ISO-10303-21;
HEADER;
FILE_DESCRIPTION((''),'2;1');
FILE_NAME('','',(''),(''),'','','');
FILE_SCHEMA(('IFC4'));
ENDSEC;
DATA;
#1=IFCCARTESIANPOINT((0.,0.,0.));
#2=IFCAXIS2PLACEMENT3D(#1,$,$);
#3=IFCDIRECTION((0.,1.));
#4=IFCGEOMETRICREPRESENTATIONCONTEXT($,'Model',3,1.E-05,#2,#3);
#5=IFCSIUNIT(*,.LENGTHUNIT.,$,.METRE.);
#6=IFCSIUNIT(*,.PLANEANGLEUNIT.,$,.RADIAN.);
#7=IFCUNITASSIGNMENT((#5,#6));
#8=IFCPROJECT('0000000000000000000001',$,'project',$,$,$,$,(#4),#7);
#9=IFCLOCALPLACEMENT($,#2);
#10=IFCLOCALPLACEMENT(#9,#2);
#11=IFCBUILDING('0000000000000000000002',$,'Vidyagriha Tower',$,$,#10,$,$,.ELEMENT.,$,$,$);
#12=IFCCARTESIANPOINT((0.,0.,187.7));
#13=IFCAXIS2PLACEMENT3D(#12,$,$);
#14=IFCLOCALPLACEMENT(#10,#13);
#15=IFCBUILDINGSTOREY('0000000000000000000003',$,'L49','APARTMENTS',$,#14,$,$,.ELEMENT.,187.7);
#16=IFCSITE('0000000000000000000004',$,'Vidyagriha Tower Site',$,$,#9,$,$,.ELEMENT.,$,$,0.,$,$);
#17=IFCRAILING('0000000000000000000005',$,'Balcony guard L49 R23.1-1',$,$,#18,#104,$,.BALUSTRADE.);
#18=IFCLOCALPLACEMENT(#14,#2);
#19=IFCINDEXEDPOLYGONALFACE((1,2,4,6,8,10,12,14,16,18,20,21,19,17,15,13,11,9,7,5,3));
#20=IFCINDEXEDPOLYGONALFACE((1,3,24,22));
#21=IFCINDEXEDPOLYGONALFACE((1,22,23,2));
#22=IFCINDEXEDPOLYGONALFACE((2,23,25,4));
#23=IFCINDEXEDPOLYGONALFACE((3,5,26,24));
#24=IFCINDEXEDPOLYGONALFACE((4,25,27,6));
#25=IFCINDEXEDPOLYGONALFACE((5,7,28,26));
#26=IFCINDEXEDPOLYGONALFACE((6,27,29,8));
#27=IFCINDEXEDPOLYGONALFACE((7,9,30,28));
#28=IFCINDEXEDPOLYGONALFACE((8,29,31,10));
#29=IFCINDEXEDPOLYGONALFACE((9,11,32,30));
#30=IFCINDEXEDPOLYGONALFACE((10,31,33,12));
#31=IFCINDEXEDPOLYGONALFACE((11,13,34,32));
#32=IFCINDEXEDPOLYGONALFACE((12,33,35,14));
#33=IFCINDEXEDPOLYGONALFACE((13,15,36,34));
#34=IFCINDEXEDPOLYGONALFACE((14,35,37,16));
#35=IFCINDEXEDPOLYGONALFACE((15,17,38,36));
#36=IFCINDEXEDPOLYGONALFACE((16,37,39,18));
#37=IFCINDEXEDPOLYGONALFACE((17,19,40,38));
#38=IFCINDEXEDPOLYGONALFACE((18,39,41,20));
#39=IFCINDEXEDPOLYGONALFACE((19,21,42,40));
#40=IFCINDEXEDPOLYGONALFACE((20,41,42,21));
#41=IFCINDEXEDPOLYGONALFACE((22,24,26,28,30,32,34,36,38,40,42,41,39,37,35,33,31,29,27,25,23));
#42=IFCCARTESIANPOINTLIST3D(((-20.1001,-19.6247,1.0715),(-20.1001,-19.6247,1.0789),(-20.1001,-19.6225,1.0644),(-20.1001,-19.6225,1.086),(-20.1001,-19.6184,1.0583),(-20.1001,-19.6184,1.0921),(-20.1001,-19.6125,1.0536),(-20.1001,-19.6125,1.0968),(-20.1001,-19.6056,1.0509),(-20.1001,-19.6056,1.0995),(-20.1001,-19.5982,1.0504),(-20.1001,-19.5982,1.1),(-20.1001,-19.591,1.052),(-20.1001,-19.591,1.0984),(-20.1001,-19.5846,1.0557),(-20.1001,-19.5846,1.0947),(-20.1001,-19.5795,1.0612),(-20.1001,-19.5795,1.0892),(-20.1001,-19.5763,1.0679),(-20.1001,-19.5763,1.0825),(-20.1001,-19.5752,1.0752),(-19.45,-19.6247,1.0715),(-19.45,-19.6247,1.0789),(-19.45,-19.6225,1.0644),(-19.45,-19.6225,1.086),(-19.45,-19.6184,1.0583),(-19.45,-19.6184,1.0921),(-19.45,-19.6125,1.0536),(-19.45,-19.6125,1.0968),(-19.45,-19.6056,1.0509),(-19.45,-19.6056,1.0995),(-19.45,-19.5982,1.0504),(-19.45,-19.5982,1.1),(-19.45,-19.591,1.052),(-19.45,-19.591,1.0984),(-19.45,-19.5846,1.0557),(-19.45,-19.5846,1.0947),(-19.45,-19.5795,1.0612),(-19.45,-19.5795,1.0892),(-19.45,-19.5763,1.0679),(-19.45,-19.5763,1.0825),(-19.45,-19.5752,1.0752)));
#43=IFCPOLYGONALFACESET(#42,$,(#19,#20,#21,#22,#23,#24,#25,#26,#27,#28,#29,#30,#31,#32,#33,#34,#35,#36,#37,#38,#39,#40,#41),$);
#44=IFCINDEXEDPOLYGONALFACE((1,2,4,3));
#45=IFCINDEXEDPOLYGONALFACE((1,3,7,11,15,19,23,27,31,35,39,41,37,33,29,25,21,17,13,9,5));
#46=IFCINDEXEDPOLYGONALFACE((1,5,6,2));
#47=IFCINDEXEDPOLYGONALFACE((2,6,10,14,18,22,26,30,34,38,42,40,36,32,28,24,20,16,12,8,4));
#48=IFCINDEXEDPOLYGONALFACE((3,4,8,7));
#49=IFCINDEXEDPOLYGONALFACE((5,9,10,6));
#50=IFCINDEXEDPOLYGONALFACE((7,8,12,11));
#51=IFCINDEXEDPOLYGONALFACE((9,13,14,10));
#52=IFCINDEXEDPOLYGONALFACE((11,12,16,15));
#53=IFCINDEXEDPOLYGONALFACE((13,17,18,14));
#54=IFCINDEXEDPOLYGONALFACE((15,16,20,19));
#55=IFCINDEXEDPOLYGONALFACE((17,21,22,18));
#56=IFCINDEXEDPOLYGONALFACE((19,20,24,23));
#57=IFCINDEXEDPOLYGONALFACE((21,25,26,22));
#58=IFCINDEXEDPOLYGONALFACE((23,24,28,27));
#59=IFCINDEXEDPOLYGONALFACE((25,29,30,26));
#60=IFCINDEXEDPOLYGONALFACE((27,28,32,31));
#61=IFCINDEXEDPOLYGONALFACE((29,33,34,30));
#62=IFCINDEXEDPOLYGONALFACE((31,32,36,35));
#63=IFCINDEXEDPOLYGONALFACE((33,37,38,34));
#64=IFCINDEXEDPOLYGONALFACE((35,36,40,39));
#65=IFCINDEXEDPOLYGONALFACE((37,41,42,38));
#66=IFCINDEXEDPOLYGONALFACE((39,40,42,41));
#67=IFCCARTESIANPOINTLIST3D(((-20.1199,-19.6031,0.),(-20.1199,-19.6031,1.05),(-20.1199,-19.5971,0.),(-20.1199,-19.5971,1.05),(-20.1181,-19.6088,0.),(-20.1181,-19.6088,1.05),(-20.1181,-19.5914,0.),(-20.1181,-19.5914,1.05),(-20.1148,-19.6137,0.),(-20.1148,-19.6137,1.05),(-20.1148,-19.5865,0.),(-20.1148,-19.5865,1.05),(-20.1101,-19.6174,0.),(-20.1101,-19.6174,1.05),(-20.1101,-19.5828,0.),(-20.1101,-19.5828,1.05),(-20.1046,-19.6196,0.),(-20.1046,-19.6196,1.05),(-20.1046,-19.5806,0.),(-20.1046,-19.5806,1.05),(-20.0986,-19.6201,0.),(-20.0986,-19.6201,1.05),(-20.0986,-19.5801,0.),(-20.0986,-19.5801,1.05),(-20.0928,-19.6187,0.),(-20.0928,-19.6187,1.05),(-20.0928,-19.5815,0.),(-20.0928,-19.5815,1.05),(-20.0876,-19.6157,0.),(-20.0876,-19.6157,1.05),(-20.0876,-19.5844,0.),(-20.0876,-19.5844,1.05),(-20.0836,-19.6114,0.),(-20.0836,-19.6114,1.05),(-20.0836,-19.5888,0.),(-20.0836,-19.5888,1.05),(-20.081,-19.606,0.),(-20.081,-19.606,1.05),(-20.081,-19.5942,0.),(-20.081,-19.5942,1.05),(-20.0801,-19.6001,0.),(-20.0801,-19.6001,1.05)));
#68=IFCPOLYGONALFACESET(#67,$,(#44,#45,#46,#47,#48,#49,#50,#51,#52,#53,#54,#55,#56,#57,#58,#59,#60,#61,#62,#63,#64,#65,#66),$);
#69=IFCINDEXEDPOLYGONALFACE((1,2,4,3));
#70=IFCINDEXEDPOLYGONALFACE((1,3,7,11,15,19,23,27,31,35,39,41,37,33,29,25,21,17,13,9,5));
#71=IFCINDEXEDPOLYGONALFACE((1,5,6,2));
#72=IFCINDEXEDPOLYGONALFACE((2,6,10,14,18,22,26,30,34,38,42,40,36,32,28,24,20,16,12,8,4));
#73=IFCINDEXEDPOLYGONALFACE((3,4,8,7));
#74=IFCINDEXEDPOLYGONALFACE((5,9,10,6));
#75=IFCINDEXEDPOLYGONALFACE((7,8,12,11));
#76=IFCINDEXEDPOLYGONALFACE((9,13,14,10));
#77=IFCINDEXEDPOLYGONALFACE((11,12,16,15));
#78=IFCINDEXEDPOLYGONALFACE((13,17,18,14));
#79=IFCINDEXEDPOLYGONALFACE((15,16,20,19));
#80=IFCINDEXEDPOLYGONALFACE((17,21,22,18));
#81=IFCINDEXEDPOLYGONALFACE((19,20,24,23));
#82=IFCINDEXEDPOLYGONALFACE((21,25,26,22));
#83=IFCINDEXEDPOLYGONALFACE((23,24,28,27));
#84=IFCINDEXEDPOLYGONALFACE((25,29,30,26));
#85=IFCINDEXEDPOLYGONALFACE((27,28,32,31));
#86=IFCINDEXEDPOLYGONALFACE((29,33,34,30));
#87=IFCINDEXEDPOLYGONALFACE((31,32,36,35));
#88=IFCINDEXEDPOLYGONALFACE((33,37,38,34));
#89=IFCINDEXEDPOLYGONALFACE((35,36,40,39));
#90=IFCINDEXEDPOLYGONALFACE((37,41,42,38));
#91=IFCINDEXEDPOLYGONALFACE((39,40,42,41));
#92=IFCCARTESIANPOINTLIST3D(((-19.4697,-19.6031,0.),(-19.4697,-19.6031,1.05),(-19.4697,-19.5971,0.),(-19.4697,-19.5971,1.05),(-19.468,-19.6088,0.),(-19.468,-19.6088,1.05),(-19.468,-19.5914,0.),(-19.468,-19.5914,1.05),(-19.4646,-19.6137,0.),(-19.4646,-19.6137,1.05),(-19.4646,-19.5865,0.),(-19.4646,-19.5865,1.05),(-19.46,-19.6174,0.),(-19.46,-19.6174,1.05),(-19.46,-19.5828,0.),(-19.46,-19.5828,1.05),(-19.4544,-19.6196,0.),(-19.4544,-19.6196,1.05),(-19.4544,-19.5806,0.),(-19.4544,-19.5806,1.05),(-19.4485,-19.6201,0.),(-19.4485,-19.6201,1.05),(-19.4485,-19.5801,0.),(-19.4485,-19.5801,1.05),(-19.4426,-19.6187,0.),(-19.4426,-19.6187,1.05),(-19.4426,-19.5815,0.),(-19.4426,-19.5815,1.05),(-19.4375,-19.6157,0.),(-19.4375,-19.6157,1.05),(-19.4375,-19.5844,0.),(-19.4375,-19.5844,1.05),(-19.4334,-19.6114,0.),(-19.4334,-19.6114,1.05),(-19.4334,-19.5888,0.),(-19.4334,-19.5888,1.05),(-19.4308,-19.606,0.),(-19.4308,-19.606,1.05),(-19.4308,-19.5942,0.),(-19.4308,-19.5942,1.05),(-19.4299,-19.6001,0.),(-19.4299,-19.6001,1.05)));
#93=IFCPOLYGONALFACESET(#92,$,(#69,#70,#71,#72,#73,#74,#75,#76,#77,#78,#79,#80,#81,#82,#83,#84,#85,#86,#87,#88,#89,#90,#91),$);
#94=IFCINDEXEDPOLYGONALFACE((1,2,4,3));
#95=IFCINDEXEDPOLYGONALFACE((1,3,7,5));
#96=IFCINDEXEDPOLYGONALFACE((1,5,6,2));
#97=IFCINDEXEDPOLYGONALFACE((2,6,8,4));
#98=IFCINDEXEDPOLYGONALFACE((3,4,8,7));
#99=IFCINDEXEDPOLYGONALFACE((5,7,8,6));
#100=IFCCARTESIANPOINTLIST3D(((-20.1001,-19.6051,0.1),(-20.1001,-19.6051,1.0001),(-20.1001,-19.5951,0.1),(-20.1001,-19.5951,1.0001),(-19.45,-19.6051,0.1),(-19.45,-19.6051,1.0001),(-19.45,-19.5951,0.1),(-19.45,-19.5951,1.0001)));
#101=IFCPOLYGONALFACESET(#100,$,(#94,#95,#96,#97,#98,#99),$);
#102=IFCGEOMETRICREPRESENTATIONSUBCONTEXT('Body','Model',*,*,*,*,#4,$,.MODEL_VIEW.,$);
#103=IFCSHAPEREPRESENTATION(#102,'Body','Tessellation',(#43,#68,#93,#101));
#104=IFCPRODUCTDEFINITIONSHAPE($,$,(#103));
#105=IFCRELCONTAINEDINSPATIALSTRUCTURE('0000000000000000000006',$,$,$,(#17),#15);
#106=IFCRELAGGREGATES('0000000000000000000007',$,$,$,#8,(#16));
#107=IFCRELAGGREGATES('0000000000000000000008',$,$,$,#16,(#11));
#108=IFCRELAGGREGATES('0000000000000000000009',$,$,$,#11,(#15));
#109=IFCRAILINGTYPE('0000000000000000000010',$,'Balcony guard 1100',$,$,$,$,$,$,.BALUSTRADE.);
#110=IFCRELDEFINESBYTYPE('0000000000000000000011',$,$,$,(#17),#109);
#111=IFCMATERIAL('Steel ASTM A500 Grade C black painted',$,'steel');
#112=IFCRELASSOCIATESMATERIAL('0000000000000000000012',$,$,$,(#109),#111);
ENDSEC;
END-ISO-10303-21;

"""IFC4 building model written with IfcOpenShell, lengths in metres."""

from ifc_helpers import new_model, si_unit, direction, frame, origin, origin_2d, place, context, subcontext, project, spatial, rectangle, circle, extrude, material, type_object, element, save


model = new_model("IFC4")

# Units and contexts
model_context = context("Model", 3, precision=1e-05, world=origin(), true_north=direction((0.0, 1.0)))
body_context = subcontext(model_context, "Body", "Model", "MODEL_VIEW")
ifc_project = project(units=[si_unit("LENGTHUNIT", "METRE"), si_unit("PLANEANGLEUNIT", "RADIAN")], contexts=[model_context])

# Site, building, storey
site_placement = place(None, origin())
site = spatial("IfcSite", under=ifc_project, at=site_placement, Name="Vidyagriha Tower Site", CompositionType="ELEMENT", RefElevation=0.0)
building_placement = place(site_placement, origin())
building = spatial("IfcBuilding", under=site, at=building_placement, Name="Vidyagriha Tower", CompositionType="ELEMENT")
storey_placement = place(building_placement, frame((0.0, 0.0, 187.7)))
storey = spatial("IfcBuildingStorey", under=building, at=storey_placement, Name="L49", Description="APARTMENTS", CompositionType="ELEMENT", Elevation=187.7)

# Railing
ifc_material_1 = material(Name="Steel ASTM A500 Grade C black painted", Category="steel")
railing_type_1 = type_object("IfcRailingType", Name="Balcony guard 1100", PredefinedType="BALUSTRADE", material=ifc_material_1)
railing_1_placement = place(storey_placement, frame((-20.1001, -19.6001, 0.0)))
element("IfcRailing", 1, at=railing_1_placement, inside=storey, type_object=railing_type_1, Name="Balcony guard L49 R23.1-1", PredefinedType="BALUSTRADE", context=body_context, shape_type="SweptSolid", body=[
    extrude(circle(Radius=0.0249, at=origin_2d()), frame((0.0, 0.0, 1.0752), z_axis=(1.0, 0.0, 0.0), x_axis=(0.0, 1.0, 0.0)), (0.0, 0.0, 1.0), 0.6501),
    extrude(circle(Radius=0.02, at=origin_2d()), origin(), (0.0, 0.0, 1.0), 1.05),
    extrude(circle(Radius=0.02, at=origin_2d()), frame((0.6501, 0.0, 0.0)), (0.0, 0.0, 1.0), 1.05),
    extrude(rectangle(XDim=0.01, YDim=0.9001, at=origin_2d()), frame((0.0, 0.0, 0.55), z_axis=(1.0, 0.0, 0.0), x_axis=(0.0, 1.0, 0.0)), (0.0, 0.0, 1.0), 0.6501),
])

save(model, "model.ifc")
